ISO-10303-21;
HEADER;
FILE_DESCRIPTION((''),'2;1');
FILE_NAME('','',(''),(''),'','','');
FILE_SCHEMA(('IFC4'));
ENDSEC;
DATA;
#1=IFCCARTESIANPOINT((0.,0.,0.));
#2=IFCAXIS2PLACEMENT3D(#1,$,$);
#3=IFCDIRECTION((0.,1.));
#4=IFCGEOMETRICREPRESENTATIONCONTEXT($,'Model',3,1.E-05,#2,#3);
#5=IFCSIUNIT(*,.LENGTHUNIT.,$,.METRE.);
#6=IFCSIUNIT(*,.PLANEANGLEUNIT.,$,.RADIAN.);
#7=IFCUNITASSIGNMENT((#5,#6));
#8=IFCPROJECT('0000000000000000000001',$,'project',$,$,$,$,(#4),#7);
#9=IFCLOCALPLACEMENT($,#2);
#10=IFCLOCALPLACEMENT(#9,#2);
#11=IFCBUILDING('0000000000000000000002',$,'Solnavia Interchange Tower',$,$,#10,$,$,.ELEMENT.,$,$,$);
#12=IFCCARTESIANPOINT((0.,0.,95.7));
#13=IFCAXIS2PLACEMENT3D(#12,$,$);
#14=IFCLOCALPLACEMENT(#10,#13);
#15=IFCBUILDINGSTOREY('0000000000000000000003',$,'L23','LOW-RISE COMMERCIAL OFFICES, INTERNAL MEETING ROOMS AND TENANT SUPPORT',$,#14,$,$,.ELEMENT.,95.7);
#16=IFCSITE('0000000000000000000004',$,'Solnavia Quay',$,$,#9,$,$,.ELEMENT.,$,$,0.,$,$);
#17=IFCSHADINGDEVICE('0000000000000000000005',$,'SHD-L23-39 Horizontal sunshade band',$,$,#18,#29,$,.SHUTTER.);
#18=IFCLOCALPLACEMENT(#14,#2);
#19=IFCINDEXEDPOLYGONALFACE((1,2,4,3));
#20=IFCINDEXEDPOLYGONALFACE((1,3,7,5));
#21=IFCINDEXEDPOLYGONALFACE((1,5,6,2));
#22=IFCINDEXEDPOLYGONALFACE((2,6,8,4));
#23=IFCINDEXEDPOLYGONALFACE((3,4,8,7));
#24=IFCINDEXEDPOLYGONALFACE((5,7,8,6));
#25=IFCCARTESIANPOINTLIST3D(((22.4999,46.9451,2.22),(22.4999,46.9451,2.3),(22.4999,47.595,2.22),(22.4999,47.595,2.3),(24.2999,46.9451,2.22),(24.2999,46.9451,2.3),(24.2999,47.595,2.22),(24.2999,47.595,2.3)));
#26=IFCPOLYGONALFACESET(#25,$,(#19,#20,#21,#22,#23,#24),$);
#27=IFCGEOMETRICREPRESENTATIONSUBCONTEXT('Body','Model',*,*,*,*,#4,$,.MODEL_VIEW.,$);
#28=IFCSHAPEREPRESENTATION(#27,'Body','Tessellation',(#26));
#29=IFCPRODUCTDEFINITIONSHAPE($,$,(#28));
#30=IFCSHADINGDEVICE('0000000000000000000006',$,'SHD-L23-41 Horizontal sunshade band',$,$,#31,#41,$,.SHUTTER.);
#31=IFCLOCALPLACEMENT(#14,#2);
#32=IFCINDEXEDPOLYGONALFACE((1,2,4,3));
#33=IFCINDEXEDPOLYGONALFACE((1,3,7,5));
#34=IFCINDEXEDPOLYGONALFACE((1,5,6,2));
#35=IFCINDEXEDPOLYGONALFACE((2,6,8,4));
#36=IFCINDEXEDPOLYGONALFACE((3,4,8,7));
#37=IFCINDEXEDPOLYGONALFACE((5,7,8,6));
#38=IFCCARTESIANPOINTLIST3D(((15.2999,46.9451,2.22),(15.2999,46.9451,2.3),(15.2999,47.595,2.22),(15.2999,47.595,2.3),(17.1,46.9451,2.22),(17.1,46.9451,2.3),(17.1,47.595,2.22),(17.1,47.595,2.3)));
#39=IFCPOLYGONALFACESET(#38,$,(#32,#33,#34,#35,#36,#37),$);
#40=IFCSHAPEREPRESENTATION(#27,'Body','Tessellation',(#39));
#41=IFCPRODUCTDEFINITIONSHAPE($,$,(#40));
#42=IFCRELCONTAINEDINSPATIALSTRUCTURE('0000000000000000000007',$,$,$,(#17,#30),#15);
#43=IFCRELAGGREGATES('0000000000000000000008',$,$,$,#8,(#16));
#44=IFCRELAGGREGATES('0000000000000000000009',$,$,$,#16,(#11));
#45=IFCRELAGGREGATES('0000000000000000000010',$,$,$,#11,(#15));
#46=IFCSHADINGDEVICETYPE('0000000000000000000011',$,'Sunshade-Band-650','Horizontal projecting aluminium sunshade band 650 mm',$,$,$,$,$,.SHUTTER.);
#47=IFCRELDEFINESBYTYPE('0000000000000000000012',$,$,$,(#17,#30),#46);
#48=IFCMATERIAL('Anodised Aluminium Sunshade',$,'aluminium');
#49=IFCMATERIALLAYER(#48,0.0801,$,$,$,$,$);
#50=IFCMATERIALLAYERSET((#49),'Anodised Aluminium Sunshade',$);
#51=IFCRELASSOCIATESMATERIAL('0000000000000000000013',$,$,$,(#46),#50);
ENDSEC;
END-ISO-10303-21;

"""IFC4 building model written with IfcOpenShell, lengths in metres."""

from ifc_helpers import new_model, si_unit, direction, frame, origin, origin_2d, place, context, subcontext, project, spatial, rectangle, extrude, material, layer, layer_set, type_object, element, save


model = new_model("IFC4")

# Units and contexts
model_context = context("Model", 3, precision=1e-05, world=origin(), true_north=direction((0.0, 1.0)))
body_context = subcontext(model_context, "Body", "Model", "MODEL_VIEW")
ifc_project = project(units=[si_unit("LENGTHUNIT", "METRE"), si_unit("PLANEANGLEUNIT", "RADIAN")], contexts=[model_context])

# Site, building, storey
site_placement = place(None, origin())
site = spatial("IfcSite", under=ifc_project, at=site_placement, Name="Solnavia Quay", CompositionType="ELEMENT", RefElevation=0.0)
building_placement = place(site_placement, origin())
building = spatial("IfcBuilding", under=site, at=building_placement, Name="Solnavia Interchange Tower", CompositionType="ELEMENT")
storey_placement = place(building_placement, frame((0.0, 0.0, 95.7)))
storey = spatial("IfcBuildingStorey", under=building, at=storey_placement, Name="L23", Description="LOW-RISE COMMERCIAL OFFICES, INTERNAL MEETING ROOMS AND TENANT SUPPORT", CompositionType="ELEMENT", Elevation=95.7)

# Shading devices
ifc_material_1 = material(Name="Anodised Aluminium Sunshade", Category="aluminium")
ifc_layer_1 = layer(ifc_material_1, 0.0801)
ifc_layer_set_1 = layer_set([ifc_layer_1], Name="Anodised Aluminium Sunshade")
shading_device_type = type_object("IfcShadingDeviceType", Name="Sunshade-Band-650", Description="Horizontal projecting aluminium sunshade band 650 mm", PredefinedType="SHUTTER", material=ifc_layer_set_1)
for number, where, z_axis, x_axis, name in (
    (1, (23.3999, 47.27, 2.22), (0.0, 0.0, 1.0), (1.0, 0.0, 0.0), "SHD-L23-39 Horizontal sunshade band"),
    (2, (16.2, 47.27, 2.22), (0.0, 0.0, 1.0), (1.0, 0.0, 0.0), "SHD-L23-41 Horizontal sunshade band"),
):
    element("IfcShadingDevice", number, at=place(storey_placement, frame(where, z_axis=z_axis, x_axis=x_axis)), inside=storey, type_object=shading_device_type, Name=name, PredefinedType="SHUTTER", context=body_context, shape_type="SweptSolid", body=[
        extrude(rectangle(XDim=1.8, YDim=0.6499, at=origin_2d()), origin(), (0.0, 0.0, 1.0), 0.0801),
    ])

save(model, "model.ifc")
